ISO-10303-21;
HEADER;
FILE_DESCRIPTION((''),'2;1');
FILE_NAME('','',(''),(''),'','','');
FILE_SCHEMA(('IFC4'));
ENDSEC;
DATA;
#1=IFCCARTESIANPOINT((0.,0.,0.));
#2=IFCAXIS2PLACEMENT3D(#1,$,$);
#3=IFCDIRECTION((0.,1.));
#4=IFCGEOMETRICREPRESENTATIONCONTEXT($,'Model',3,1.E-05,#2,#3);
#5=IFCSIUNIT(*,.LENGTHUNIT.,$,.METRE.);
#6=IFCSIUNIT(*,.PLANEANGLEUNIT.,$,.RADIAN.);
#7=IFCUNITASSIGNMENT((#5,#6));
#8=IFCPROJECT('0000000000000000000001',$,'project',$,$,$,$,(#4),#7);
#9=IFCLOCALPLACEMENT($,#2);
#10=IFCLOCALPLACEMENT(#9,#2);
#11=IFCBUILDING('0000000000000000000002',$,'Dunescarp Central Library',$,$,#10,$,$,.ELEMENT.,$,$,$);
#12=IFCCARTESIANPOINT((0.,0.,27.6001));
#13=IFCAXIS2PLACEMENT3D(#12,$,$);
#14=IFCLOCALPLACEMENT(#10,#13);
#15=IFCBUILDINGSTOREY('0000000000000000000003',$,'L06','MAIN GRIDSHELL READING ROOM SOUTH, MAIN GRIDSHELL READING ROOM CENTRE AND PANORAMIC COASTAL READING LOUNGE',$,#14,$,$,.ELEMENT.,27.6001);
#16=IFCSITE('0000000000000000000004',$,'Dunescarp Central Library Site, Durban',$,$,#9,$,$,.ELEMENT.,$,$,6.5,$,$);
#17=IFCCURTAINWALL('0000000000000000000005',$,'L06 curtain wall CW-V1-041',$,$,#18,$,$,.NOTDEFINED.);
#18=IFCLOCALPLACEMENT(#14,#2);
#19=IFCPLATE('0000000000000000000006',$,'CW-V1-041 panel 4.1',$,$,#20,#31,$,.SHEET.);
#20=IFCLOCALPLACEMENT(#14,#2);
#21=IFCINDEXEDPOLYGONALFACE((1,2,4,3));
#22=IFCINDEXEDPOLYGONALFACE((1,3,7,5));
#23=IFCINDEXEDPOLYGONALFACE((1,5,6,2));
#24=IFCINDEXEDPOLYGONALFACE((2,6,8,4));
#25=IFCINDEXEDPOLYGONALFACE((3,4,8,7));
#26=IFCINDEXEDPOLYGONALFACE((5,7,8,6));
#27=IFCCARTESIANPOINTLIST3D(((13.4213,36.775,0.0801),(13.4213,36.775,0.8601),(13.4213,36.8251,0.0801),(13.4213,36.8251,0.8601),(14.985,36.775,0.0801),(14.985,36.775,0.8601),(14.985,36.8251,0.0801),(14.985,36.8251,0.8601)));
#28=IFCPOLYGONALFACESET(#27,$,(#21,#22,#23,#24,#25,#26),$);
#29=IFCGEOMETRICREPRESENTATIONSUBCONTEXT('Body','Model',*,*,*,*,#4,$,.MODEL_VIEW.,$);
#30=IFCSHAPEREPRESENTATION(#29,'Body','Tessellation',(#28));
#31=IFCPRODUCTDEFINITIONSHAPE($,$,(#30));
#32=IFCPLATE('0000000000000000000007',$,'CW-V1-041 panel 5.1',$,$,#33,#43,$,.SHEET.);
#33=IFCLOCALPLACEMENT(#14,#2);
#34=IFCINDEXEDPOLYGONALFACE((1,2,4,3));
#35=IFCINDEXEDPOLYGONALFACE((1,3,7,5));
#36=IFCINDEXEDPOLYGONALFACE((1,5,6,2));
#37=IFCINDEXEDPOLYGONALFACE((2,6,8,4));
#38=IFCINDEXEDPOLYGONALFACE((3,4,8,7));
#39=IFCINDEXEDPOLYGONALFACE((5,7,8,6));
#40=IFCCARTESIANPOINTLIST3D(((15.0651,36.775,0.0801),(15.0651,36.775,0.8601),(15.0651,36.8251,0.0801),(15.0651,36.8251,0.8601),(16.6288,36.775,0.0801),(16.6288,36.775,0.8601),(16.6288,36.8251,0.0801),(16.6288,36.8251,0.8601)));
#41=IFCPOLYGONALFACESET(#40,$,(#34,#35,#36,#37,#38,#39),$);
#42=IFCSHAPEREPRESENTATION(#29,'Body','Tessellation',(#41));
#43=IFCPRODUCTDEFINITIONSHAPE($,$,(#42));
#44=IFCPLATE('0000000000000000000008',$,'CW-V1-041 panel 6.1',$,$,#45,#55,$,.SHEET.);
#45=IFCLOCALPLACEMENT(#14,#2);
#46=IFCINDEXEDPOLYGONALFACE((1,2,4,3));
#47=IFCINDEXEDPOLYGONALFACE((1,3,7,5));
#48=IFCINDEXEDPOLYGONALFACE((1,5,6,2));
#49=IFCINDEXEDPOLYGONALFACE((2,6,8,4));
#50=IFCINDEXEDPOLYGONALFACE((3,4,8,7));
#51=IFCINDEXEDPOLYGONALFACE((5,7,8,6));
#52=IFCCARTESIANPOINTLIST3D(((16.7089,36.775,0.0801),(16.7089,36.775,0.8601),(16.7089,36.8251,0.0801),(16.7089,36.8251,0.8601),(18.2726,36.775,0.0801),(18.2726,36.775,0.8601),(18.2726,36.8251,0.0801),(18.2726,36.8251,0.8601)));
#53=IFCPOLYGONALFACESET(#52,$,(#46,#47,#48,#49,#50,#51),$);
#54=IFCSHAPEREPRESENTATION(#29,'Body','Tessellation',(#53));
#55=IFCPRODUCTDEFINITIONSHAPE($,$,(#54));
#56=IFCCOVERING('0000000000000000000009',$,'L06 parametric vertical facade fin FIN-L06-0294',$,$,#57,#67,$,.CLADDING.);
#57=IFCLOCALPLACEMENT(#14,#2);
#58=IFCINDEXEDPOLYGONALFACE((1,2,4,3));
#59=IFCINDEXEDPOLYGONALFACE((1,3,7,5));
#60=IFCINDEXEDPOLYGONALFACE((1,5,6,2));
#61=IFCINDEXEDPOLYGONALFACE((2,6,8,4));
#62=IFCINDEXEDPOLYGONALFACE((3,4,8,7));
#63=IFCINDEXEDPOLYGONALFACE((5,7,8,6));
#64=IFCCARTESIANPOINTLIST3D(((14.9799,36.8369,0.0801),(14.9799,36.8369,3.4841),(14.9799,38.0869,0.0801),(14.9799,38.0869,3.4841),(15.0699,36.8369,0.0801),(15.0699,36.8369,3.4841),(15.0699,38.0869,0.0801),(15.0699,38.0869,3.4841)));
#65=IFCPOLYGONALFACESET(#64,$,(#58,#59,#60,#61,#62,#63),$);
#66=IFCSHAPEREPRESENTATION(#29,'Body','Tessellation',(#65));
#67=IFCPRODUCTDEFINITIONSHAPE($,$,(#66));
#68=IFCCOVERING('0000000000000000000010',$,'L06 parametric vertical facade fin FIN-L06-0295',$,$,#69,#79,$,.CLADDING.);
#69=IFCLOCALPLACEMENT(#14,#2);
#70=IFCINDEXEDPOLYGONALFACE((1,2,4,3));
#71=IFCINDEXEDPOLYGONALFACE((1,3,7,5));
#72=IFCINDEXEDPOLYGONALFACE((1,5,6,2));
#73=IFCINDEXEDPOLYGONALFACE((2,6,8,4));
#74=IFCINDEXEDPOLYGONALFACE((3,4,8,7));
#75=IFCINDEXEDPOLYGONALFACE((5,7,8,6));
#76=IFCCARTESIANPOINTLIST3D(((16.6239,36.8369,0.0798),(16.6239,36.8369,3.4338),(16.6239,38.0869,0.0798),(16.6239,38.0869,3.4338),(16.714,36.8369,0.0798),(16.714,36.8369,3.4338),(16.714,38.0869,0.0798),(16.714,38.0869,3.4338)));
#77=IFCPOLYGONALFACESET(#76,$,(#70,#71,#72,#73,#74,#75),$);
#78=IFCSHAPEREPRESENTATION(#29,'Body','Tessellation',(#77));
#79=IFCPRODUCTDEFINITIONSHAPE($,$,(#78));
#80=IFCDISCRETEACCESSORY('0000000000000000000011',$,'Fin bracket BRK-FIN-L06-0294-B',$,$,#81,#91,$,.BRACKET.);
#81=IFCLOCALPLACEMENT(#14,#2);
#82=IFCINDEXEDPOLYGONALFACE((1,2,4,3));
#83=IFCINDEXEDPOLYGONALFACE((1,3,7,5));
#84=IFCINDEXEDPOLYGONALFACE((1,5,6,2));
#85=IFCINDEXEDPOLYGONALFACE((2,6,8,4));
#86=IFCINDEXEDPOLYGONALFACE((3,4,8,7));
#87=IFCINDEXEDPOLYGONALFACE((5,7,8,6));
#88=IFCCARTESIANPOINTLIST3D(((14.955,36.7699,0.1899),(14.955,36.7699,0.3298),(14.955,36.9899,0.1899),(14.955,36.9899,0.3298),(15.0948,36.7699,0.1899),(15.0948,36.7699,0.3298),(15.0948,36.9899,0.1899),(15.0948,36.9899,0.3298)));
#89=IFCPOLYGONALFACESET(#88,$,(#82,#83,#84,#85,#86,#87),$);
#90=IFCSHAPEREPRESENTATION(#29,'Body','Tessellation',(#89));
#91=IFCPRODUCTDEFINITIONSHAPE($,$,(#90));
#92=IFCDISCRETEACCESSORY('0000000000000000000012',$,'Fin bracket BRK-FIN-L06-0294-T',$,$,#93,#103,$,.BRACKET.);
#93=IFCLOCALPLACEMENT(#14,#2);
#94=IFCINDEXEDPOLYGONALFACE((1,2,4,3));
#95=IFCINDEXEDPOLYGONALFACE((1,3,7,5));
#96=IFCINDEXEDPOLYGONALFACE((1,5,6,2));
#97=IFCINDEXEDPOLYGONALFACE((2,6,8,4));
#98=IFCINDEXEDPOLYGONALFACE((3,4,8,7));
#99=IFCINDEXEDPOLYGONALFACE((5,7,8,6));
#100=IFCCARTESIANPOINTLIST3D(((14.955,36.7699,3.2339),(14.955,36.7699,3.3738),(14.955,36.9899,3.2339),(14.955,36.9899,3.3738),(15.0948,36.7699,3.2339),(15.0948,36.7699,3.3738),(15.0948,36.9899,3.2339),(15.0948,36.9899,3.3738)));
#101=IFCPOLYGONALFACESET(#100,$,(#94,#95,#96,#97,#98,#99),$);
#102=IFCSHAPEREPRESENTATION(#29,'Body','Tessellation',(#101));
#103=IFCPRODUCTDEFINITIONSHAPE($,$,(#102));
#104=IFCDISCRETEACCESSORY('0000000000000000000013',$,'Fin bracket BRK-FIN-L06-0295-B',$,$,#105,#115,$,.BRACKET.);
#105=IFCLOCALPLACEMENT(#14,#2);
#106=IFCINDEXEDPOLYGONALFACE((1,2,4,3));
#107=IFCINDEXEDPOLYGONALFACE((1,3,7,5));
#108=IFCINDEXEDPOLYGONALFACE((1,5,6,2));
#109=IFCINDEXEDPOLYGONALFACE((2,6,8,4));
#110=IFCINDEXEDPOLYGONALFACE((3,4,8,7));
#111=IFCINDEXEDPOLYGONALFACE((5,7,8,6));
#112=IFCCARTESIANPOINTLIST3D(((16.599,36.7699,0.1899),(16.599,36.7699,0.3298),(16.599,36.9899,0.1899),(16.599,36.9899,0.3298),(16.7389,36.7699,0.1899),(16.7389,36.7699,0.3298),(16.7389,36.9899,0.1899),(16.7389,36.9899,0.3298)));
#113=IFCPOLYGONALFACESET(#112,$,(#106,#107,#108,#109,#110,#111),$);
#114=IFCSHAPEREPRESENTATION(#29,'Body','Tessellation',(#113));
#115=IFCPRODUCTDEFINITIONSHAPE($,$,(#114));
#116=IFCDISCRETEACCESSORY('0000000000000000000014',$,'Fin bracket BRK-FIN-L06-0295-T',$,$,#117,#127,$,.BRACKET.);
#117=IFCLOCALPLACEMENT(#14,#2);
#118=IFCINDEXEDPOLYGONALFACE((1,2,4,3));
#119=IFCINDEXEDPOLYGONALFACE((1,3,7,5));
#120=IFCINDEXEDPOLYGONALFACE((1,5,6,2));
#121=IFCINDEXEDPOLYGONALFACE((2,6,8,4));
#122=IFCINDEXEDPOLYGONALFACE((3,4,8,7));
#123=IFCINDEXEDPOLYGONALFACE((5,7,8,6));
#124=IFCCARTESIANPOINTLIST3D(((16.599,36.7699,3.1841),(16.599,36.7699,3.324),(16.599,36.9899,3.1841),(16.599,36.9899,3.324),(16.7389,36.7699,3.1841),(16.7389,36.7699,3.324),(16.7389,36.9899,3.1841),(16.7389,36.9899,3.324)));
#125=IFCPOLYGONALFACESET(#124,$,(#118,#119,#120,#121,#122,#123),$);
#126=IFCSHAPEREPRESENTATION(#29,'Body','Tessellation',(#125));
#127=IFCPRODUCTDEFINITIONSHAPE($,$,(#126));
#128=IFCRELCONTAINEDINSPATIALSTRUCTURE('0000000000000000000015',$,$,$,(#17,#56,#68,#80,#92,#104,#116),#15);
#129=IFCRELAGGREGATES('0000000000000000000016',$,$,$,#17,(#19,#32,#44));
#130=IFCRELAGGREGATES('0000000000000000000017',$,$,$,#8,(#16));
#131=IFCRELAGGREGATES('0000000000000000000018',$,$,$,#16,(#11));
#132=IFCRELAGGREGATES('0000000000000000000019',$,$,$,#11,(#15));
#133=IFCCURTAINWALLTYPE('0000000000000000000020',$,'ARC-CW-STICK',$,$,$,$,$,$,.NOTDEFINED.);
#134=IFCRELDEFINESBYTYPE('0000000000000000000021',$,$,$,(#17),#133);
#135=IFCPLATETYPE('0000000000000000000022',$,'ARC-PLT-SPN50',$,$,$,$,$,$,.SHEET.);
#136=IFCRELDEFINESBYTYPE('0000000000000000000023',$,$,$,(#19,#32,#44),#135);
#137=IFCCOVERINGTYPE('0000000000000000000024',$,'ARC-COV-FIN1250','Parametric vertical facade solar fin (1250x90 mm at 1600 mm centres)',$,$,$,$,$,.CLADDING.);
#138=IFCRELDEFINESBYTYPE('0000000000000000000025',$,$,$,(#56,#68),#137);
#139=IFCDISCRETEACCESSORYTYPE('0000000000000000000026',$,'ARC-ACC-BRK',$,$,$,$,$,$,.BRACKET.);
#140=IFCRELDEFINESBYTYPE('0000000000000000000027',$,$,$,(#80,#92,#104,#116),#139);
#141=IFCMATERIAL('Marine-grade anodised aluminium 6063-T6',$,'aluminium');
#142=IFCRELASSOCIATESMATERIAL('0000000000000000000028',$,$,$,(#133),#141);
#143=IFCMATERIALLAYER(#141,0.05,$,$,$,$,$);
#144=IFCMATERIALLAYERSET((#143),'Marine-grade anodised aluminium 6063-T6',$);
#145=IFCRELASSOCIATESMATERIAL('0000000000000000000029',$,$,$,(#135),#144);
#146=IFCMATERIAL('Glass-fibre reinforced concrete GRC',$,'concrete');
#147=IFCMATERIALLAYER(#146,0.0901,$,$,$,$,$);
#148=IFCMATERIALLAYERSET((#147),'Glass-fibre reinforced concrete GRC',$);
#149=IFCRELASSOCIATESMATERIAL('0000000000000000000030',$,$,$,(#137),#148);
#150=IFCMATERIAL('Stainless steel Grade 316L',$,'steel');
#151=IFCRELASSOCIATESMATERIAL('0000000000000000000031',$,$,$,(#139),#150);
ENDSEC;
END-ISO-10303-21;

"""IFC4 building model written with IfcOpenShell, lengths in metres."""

from ifc_helpers import new_model, si_unit, direction, frame, origin, origin_2d, place, context, subcontext, project, spatial, rectangle, extrude, material, layer, layer_set, type_object, element, aggregate, save


model = new_model("IFC4")

# Units and contexts
model_context = context("Model", 3, precision=1e-05, world=origin(), true_north=direction((0.0, 1.0)))
body_context = subcontext(model_context, "Body", "Model", "MODEL_VIEW")
ifc_project = project(units=[si_unit("LENGTHUNIT", "METRE"), si_unit("PLANEANGLEUNIT", "RADIAN")], contexts=[model_context])

# Site, building, storey
site_placement = place(None, origin())
site = spatial("IfcSite", under=ifc_project, at=site_placement, Name="Dunescarp Central Library Site, Durban", CompositionType="ELEMENT", RefElevation=6.5)
building_placement = place(site_placement, origin())
building = spatial("IfcBuilding", under=site, at=building_placement, Name="Dunescarp Central Library", CompositionType="ELEMENT")
storey_placement = place(building_placement, frame((0.0, 0.0, 27.6001)))
storey = spatial("IfcBuildingStorey", under=building, at=storey_placement, Name="L06", Description="MAIN GRIDSHELL READING ROOM SOUTH, MAIN GRIDSHELL READING ROOM CENTRE AND PANORAMIC COASTAL READING LOUNGE", CompositionType="ELEMENT", Elevation=27.6001)

# Curtain wall, plates
ifc_material_1 = material(Name="Marine-grade anodised aluminium 6063-T6", Category="aluminium")
curtain_wall_type = type_object("IfcCurtainWallType", Name="ARC-CW-STICK", PredefinedType="NOTDEFINED", material=ifc_material_1)
curtain_wall_placement = place(storey_placement, origin())
curtain_wall = element("IfcCurtainWall", 1, at=curtain_wall_placement, inside=storey, type_object=curtain_wall_type, Name="L06 curtain wall CW-V1-041", PredefinedType="NOTDEFINED")
ifc_layer_1 = layer(ifc_material_1, 0.05)
ifc_layer_set_1 = layer_set([ifc_layer_1], Name="Marine-grade anodised aluminium 6063-T6")
plate_type_1 = type_object("IfcPlateType", Name="ARC-PLT-SPN50", PredefinedType="SHEET", material=ifc_layer_set_1)
plate_1_placement = place(storey_placement, frame((14.2031, 36.8, 0.0801), z_axis=(0.0, 0.0, 1.0), x_axis=(1.0, 0.0, 0.0)))
plate_1 = element("IfcPlate", 2, at=plate_1_placement, type_object=plate_type_1, Name="CW-V1-041 panel 4.1", PredefinedType="SHEET", context=body_context, shape_type="SweptSolid", body=[
    extrude(rectangle(XDim=1.5637, YDim=0.05, at=origin_2d()), origin(), (0.0, 0.0, 1.0), 0.78),
])
plate_2_placement = place(storey_placement, frame((15.8469, 36.8, 0.0801), z_axis=(0.0, 0.0, 1.0), x_axis=(1.0, 0.0, 0.0)))
plate_2 = element("IfcPlate", 3, at=plate_2_placement, type_object=plate_type_1, Name="CW-V1-041 panel 5.1", PredefinedType="SHEET", context=body_context, shape_type="SweptSolid", body=[
    extrude(rectangle(XDim=1.5637, YDim=0.05, at=origin_2d()), origin(), (0.0, 0.0, 1.0), 0.78),
])
plate_3_placement = place(storey_placement, frame((17.4907, 36.8, 0.0801), z_axis=(0.0, 0.0, 1.0), x_axis=(1.0, 0.0, 0.0)))
plate_3 = element("IfcPlate", 4, at=plate_3_placement, type_object=plate_type_1, Name="CW-V1-041 panel 6.1", PredefinedType="SHEET", context=body_context, shape_type="SweptSolid", body=[
    extrude(rectangle(XDim=1.5637, YDim=0.05, at=origin_2d()), origin(), (0.0, 0.0, 1.0), 0.78),
])
aggregate(curtain_wall, [plate_1, plate_2, plate_3])

# Coverings
ifc_material_2 = material(Name="Glass-fibre reinforced concrete GRC", Category="concrete")
ifc_layer_2 = layer(ifc_material_2, 0.0901)
ifc_layer_set_2 = layer_set([ifc_layer_2], Name="Glass-fibre reinforced concrete GRC")
covering_type = type_object("IfcCoveringType", Name="ARC-COV-FIN1250", Description="Parametric vertical facade solar fin (1250x90 mm at 1600 mm centres)", PredefinedType="CLADDING", material=ifc_layer_set_2)
covering_1_placement = place(storey_placement, frame((15.0249, 37.4619, 0.0801), z_axis=(0.0, 0.0, 1.0), x_axis=(0.0, 1.0, 0.0)))
element("IfcCovering", 5, at=covering_1_placement, inside=storey, type_object=covering_type, Name="L06 parametric vertical facade fin FIN-L06-0294", PredefinedType="CLADDING", context=body_context, shape_type="SweptSolid", body=[
    extrude(rectangle(XDim=1.25, YDim=0.0901, at=origin_2d()), origin(), (0.0, 0.0, 1.0), 3.4041),
])
covering_2_placement = place(storey_placement, frame((16.6689, 37.4619, 0.0798), z_axis=(0.0, 0.0, 1.0), x_axis=(0.0, 1.0, 0.0)))
element("IfcCovering", 6, at=covering_2_placement, inside=storey, type_object=covering_type, Name="L06 parametric vertical facade fin FIN-L06-0295", PredefinedType="CLADDING", context=body_context, shape_type="SweptSolid", body=[
    extrude(rectangle(XDim=1.25, YDim=0.0901, at=origin_2d()), origin(), (0.0, 0.0, 1.0), 3.354),
])

# Discrete accessories
ifc_material_3 = material(Name="Stainless steel Grade 316L", Category="steel")
discrete_accessory_type = type_object("IfcDiscreteAccessoryType", Name="ARC-ACC-BRK", PredefinedType="BRACKET", material=ifc_material_3)
for number, where, z_axis, x_axis, name in (
    (7, (15.0249, 36.8799, 0.1899), (0.0, 0.0, 1.0), (0.0, 1.0, 0.0), "Fin bracket BRK-FIN-L06-0294-B"),
    (8, (15.0249, 36.8799, 3.2339), (0.0, 0.0, 1.0), (0.0, 1.0, 0.0), "Fin bracket BRK-FIN-L06-0294-T"),
    (9, (16.6689, 36.8799, 0.1899), (0.0, 0.0, 1.0), (0.0, 1.0, 0.0), "Fin bracket BRK-FIN-L06-0295-B"),
    (10, (16.6689, 36.8799, 3.1841), (0.0, 0.0, 1.0), (0.0, 1.0, 0.0), "Fin bracket BRK-FIN-L06-0295-T"),
):
    element("IfcDiscreteAccessory", number, at=place(storey_placement, frame(where, z_axis=z_axis, x_axis=x_axis)), inside=storey, type_object=discrete_accessory_type, Name=name, PredefinedType="BRACKET", context=body_context, shape_type="SweptSolid", body=[
        extrude(rectangle(XDim=0.22, YDim=0.1399, at=origin_2d()), origin(), (0.0, 0.0, 1.0), 0.1399),
    ])

save(model, "model.ifc")
